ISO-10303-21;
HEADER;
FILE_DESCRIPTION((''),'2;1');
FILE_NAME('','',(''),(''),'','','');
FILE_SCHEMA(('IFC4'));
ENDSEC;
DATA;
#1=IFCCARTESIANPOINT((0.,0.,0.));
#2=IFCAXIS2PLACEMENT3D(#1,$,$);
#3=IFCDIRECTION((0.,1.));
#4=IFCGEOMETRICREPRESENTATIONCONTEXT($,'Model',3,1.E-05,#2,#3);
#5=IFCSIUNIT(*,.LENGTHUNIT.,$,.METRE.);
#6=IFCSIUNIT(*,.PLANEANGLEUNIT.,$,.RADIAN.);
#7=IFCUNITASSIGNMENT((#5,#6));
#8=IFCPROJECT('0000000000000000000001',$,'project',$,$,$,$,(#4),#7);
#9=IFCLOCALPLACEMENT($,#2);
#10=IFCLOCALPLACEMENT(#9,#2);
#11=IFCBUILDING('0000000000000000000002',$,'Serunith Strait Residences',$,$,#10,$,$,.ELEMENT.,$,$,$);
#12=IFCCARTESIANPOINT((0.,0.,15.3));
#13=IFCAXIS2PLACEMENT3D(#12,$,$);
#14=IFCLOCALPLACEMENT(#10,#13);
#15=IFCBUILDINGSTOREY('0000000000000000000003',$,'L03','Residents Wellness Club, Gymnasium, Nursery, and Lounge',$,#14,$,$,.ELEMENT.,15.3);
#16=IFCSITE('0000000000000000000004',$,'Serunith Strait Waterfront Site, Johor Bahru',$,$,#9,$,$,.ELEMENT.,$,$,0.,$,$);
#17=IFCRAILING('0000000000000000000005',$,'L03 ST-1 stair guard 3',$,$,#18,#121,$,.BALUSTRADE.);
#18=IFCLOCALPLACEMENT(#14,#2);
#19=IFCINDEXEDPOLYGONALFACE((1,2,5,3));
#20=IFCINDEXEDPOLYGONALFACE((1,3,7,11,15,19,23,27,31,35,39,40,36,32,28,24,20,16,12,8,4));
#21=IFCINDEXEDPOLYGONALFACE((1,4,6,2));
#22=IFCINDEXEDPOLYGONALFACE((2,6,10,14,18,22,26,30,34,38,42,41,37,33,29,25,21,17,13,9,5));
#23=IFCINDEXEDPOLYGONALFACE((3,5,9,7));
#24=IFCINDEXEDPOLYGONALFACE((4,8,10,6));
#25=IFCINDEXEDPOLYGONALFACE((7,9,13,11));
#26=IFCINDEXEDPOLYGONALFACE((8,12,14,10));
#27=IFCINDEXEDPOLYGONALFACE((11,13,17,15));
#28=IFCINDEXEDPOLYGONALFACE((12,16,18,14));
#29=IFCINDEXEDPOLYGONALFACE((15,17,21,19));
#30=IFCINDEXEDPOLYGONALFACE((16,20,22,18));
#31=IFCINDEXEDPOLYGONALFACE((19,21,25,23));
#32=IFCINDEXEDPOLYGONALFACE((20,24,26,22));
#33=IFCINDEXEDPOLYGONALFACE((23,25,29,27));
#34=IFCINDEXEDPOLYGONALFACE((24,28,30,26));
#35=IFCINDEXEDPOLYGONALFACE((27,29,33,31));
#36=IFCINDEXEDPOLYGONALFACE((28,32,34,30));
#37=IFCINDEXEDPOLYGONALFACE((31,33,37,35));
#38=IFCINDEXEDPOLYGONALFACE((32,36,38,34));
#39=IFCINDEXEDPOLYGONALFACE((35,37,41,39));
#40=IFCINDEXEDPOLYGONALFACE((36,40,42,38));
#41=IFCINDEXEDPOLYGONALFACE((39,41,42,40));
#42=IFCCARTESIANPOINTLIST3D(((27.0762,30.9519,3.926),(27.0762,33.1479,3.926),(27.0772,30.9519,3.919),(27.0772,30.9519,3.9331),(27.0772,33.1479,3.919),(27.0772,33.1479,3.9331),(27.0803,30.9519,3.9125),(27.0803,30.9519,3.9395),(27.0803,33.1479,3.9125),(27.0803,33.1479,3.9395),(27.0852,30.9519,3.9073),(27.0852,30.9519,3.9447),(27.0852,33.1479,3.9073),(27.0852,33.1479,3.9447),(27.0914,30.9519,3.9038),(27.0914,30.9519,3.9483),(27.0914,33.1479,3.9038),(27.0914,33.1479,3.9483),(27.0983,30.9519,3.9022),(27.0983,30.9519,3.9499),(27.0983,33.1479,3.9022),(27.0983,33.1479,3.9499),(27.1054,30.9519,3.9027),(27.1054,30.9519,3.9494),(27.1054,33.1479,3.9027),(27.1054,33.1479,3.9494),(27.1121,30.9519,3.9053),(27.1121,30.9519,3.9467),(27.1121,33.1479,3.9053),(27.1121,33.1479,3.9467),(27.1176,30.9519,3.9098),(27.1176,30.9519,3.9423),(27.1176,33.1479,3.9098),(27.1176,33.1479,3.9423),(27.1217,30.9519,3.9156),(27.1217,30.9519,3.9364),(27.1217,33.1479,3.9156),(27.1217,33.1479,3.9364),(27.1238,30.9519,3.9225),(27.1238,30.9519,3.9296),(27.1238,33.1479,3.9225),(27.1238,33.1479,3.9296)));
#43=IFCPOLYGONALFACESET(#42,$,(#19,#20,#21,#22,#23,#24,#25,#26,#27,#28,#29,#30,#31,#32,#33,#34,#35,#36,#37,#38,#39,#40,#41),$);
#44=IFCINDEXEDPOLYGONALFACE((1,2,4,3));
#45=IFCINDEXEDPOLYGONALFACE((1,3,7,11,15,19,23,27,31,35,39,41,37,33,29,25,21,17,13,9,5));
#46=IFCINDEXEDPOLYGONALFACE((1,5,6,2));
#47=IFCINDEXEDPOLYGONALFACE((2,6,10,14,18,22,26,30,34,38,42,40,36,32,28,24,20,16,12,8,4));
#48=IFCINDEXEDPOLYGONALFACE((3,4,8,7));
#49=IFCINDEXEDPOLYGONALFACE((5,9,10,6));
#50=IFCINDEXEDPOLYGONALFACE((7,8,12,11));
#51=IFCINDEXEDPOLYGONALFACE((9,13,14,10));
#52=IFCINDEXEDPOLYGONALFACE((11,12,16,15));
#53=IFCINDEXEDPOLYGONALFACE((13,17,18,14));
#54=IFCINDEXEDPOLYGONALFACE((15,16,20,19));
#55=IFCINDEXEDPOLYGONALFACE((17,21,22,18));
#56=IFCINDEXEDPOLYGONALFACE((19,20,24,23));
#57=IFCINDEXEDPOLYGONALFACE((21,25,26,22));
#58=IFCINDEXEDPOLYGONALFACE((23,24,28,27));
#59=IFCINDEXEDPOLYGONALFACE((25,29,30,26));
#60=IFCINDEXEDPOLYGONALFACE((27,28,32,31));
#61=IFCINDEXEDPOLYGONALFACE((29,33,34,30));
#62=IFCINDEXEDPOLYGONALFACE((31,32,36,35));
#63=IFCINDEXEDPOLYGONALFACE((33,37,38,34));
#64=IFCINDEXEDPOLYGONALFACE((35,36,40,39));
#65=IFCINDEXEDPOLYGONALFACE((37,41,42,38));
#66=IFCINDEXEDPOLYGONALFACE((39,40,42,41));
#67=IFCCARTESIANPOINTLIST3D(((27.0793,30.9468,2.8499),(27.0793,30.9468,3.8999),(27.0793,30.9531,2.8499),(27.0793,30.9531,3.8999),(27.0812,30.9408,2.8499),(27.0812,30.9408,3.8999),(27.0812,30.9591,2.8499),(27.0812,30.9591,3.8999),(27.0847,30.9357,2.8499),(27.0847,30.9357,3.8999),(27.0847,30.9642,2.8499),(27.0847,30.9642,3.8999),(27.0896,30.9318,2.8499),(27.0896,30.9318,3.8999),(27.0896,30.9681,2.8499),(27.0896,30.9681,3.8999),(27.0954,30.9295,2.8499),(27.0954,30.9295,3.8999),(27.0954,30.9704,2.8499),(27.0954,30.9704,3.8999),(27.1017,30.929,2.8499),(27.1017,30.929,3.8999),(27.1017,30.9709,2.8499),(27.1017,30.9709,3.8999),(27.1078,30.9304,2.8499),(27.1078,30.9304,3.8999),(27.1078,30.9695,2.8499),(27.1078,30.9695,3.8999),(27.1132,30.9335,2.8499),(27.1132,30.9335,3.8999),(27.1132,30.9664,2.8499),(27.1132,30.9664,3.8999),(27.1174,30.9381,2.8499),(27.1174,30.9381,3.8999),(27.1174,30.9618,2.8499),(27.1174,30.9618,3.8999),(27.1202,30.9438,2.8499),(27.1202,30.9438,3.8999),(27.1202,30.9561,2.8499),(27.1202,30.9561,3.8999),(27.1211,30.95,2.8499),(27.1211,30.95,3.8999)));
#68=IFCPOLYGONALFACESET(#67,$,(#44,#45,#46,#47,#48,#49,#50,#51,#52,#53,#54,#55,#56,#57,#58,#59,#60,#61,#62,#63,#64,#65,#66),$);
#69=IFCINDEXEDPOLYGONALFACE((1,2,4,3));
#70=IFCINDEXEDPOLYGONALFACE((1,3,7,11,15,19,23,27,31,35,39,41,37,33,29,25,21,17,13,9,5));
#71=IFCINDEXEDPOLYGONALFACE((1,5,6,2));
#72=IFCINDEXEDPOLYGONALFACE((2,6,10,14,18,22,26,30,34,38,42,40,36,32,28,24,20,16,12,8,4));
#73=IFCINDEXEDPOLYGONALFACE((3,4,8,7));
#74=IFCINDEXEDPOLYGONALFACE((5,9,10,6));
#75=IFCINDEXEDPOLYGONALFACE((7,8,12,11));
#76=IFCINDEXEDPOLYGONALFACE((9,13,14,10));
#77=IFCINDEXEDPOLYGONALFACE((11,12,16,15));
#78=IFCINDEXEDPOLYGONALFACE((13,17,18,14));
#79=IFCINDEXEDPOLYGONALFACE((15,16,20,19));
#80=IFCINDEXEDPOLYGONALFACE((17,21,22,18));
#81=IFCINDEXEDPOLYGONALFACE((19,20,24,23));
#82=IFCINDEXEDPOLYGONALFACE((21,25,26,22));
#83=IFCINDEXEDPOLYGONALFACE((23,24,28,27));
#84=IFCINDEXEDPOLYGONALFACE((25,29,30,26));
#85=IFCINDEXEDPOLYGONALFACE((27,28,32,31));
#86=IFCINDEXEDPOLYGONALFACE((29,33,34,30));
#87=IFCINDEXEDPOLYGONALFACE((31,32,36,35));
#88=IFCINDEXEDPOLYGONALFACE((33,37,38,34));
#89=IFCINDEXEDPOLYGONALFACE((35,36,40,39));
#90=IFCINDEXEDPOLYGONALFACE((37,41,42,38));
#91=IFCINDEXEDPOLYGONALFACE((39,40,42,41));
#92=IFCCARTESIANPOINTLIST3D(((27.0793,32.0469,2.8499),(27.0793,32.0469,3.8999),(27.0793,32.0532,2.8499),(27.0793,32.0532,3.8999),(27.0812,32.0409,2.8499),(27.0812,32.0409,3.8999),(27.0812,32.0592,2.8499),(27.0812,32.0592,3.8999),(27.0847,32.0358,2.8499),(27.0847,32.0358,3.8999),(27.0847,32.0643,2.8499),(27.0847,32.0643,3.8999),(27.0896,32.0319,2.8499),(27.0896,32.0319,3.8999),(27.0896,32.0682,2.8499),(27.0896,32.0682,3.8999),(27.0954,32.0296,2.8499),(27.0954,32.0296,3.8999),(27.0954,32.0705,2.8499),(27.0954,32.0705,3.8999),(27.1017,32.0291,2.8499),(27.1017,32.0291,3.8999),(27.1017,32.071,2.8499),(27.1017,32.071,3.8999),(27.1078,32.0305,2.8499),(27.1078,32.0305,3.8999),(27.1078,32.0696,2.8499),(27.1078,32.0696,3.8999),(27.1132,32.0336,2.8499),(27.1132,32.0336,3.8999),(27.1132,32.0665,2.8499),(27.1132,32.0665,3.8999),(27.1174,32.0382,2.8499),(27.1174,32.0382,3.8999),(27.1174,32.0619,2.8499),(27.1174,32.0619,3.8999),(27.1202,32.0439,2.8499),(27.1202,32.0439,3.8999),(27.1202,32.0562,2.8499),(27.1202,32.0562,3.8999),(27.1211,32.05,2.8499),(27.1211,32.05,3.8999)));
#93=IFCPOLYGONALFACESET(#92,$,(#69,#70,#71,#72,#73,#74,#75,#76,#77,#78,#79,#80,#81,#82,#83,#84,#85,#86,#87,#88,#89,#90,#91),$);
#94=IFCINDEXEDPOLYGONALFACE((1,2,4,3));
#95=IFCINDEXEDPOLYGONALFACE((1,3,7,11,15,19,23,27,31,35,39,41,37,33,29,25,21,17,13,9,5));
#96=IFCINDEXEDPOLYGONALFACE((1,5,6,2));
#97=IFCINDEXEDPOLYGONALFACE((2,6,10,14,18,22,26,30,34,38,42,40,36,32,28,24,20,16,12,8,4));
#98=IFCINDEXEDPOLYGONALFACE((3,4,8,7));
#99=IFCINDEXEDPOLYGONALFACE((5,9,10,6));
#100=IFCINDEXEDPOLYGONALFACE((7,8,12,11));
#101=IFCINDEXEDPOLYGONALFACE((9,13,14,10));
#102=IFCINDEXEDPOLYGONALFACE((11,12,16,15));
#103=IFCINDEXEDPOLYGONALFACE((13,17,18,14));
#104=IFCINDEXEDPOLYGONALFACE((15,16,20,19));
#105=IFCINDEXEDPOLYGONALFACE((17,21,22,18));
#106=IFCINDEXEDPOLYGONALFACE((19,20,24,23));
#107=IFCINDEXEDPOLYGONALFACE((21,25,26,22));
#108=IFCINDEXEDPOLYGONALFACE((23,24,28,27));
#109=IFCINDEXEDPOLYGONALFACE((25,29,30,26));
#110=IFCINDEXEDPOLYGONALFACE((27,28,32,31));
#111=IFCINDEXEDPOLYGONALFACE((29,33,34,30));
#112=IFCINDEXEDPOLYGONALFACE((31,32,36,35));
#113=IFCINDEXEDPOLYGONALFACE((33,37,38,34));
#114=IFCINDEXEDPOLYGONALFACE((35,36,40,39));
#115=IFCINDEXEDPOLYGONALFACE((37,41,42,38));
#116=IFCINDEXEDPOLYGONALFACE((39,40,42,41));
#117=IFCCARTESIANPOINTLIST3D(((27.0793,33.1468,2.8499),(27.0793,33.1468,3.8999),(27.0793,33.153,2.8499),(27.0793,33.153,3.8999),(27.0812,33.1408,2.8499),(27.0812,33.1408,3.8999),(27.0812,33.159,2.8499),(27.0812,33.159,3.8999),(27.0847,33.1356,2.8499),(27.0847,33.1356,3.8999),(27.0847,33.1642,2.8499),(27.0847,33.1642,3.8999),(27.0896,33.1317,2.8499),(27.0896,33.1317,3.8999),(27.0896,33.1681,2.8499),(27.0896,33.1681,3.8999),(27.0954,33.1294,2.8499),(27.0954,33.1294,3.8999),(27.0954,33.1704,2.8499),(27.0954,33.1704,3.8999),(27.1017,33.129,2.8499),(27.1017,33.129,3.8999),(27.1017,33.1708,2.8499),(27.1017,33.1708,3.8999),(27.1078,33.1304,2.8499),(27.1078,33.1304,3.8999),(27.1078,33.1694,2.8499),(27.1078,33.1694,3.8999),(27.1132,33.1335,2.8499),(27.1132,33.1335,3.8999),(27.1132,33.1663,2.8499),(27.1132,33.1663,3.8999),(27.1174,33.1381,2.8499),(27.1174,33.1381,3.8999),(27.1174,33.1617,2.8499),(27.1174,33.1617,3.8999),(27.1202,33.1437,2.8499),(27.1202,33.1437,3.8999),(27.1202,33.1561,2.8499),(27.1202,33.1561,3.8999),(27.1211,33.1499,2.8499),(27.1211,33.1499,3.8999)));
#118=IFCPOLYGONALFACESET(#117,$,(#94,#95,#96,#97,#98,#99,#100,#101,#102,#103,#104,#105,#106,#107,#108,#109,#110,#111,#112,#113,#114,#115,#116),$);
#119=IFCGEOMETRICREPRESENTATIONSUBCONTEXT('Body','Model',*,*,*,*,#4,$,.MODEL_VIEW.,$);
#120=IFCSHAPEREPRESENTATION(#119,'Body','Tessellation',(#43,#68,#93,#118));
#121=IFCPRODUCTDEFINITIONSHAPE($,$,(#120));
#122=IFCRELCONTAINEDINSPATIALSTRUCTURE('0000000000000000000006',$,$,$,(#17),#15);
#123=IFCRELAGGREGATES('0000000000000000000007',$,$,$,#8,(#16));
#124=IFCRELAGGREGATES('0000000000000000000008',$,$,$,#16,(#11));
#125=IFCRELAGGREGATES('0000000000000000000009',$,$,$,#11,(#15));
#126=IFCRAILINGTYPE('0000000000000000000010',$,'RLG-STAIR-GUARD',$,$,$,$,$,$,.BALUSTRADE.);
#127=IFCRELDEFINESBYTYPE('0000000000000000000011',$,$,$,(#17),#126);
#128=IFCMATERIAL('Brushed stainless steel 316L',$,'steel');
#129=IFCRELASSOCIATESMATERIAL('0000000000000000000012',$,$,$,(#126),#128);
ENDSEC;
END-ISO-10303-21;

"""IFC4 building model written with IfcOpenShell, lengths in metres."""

from ifc_helpers import new_model, si_unit, direction, frame, origin, origin_2d, place, context, subcontext, project, spatial, circle, extrude, material, type_object, element, save


model = new_model("IFC4")

# Units and contexts
model_context = context("Model", 3, precision=1e-05, world=origin(), true_north=direction((0.0, 1.0)))
body_context = subcontext(model_context, "Body", "Model", "MODEL_VIEW")
ifc_project = project(units=[si_unit("LENGTHUNIT", "METRE"), si_unit("PLANEANGLEUNIT", "RADIAN")], contexts=[model_context])

# Site, building, storey
site_placement = place(None, origin())
site = spatial("IfcSite", under=ifc_project, at=site_placement, Name="Serunith Strait Waterfront Site, Johor Bahru", CompositionType="ELEMENT", RefElevation=0.0)
building_placement = place(site_placement, origin())
building = spatial("IfcBuilding", under=site, at=building_placement, Name="Serunith Strait Residences", CompositionType="ELEMENT")
storey_placement = place(building_placement, frame((0.0, 0.0, 15.3)))
storey = spatial("IfcBuildingStorey", under=building, at=storey_placement, Name="L03", Description="Residents Wellness Club, Gymnasium, Nursery, and Lounge", CompositionType="ELEMENT", Elevation=15.3)

# Railing
ifc_material_1 = material(Name="Brushed stainless steel 316L", Category="steel")
railing_type_1 = type_object("IfcRailingType", Name="RLG-STAIR-GUARD", PredefinedType="BALUSTRADE", material=ifc_material_1)
railing_1_placement = place(storey_placement, frame((27.1001, 30.95, 2.8499)))
element("IfcRailing", 1, at=railing_1_placement, inside=storey, type_object=railing_type_1, Name="L03 ST-1 stair guard 3", PredefinedType="BALUSTRADE", context=body_context, shape_type="SweptSolid", body=[
    extrude(circle(Radius=0.0239, at=origin_2d()), frame((0.0, 0.002, 1.0762), z_axis=(0.0, 1.0, 0.0), x_axis=(-1.0, 0.0, 0.0)), (0.0, 0.0, 1.0), 2.196),
    extrude(circle(Radius=0.021, at=origin_2d()), origin(), (0.0, 0.0, 1.0), 1.05),
    extrude(circle(Radius=0.021, at=origin_2d()), frame((0.0, 1.1001, 0.0)), (0.0, 0.0, 1.0), 1.05),
    extrude(circle(Radius=0.021, at=origin_2d()), frame((0.0, 2.2, 0.0)), (0.0, 0.0, 1.0), 1.05),
])

save(model, "model.ifc")
